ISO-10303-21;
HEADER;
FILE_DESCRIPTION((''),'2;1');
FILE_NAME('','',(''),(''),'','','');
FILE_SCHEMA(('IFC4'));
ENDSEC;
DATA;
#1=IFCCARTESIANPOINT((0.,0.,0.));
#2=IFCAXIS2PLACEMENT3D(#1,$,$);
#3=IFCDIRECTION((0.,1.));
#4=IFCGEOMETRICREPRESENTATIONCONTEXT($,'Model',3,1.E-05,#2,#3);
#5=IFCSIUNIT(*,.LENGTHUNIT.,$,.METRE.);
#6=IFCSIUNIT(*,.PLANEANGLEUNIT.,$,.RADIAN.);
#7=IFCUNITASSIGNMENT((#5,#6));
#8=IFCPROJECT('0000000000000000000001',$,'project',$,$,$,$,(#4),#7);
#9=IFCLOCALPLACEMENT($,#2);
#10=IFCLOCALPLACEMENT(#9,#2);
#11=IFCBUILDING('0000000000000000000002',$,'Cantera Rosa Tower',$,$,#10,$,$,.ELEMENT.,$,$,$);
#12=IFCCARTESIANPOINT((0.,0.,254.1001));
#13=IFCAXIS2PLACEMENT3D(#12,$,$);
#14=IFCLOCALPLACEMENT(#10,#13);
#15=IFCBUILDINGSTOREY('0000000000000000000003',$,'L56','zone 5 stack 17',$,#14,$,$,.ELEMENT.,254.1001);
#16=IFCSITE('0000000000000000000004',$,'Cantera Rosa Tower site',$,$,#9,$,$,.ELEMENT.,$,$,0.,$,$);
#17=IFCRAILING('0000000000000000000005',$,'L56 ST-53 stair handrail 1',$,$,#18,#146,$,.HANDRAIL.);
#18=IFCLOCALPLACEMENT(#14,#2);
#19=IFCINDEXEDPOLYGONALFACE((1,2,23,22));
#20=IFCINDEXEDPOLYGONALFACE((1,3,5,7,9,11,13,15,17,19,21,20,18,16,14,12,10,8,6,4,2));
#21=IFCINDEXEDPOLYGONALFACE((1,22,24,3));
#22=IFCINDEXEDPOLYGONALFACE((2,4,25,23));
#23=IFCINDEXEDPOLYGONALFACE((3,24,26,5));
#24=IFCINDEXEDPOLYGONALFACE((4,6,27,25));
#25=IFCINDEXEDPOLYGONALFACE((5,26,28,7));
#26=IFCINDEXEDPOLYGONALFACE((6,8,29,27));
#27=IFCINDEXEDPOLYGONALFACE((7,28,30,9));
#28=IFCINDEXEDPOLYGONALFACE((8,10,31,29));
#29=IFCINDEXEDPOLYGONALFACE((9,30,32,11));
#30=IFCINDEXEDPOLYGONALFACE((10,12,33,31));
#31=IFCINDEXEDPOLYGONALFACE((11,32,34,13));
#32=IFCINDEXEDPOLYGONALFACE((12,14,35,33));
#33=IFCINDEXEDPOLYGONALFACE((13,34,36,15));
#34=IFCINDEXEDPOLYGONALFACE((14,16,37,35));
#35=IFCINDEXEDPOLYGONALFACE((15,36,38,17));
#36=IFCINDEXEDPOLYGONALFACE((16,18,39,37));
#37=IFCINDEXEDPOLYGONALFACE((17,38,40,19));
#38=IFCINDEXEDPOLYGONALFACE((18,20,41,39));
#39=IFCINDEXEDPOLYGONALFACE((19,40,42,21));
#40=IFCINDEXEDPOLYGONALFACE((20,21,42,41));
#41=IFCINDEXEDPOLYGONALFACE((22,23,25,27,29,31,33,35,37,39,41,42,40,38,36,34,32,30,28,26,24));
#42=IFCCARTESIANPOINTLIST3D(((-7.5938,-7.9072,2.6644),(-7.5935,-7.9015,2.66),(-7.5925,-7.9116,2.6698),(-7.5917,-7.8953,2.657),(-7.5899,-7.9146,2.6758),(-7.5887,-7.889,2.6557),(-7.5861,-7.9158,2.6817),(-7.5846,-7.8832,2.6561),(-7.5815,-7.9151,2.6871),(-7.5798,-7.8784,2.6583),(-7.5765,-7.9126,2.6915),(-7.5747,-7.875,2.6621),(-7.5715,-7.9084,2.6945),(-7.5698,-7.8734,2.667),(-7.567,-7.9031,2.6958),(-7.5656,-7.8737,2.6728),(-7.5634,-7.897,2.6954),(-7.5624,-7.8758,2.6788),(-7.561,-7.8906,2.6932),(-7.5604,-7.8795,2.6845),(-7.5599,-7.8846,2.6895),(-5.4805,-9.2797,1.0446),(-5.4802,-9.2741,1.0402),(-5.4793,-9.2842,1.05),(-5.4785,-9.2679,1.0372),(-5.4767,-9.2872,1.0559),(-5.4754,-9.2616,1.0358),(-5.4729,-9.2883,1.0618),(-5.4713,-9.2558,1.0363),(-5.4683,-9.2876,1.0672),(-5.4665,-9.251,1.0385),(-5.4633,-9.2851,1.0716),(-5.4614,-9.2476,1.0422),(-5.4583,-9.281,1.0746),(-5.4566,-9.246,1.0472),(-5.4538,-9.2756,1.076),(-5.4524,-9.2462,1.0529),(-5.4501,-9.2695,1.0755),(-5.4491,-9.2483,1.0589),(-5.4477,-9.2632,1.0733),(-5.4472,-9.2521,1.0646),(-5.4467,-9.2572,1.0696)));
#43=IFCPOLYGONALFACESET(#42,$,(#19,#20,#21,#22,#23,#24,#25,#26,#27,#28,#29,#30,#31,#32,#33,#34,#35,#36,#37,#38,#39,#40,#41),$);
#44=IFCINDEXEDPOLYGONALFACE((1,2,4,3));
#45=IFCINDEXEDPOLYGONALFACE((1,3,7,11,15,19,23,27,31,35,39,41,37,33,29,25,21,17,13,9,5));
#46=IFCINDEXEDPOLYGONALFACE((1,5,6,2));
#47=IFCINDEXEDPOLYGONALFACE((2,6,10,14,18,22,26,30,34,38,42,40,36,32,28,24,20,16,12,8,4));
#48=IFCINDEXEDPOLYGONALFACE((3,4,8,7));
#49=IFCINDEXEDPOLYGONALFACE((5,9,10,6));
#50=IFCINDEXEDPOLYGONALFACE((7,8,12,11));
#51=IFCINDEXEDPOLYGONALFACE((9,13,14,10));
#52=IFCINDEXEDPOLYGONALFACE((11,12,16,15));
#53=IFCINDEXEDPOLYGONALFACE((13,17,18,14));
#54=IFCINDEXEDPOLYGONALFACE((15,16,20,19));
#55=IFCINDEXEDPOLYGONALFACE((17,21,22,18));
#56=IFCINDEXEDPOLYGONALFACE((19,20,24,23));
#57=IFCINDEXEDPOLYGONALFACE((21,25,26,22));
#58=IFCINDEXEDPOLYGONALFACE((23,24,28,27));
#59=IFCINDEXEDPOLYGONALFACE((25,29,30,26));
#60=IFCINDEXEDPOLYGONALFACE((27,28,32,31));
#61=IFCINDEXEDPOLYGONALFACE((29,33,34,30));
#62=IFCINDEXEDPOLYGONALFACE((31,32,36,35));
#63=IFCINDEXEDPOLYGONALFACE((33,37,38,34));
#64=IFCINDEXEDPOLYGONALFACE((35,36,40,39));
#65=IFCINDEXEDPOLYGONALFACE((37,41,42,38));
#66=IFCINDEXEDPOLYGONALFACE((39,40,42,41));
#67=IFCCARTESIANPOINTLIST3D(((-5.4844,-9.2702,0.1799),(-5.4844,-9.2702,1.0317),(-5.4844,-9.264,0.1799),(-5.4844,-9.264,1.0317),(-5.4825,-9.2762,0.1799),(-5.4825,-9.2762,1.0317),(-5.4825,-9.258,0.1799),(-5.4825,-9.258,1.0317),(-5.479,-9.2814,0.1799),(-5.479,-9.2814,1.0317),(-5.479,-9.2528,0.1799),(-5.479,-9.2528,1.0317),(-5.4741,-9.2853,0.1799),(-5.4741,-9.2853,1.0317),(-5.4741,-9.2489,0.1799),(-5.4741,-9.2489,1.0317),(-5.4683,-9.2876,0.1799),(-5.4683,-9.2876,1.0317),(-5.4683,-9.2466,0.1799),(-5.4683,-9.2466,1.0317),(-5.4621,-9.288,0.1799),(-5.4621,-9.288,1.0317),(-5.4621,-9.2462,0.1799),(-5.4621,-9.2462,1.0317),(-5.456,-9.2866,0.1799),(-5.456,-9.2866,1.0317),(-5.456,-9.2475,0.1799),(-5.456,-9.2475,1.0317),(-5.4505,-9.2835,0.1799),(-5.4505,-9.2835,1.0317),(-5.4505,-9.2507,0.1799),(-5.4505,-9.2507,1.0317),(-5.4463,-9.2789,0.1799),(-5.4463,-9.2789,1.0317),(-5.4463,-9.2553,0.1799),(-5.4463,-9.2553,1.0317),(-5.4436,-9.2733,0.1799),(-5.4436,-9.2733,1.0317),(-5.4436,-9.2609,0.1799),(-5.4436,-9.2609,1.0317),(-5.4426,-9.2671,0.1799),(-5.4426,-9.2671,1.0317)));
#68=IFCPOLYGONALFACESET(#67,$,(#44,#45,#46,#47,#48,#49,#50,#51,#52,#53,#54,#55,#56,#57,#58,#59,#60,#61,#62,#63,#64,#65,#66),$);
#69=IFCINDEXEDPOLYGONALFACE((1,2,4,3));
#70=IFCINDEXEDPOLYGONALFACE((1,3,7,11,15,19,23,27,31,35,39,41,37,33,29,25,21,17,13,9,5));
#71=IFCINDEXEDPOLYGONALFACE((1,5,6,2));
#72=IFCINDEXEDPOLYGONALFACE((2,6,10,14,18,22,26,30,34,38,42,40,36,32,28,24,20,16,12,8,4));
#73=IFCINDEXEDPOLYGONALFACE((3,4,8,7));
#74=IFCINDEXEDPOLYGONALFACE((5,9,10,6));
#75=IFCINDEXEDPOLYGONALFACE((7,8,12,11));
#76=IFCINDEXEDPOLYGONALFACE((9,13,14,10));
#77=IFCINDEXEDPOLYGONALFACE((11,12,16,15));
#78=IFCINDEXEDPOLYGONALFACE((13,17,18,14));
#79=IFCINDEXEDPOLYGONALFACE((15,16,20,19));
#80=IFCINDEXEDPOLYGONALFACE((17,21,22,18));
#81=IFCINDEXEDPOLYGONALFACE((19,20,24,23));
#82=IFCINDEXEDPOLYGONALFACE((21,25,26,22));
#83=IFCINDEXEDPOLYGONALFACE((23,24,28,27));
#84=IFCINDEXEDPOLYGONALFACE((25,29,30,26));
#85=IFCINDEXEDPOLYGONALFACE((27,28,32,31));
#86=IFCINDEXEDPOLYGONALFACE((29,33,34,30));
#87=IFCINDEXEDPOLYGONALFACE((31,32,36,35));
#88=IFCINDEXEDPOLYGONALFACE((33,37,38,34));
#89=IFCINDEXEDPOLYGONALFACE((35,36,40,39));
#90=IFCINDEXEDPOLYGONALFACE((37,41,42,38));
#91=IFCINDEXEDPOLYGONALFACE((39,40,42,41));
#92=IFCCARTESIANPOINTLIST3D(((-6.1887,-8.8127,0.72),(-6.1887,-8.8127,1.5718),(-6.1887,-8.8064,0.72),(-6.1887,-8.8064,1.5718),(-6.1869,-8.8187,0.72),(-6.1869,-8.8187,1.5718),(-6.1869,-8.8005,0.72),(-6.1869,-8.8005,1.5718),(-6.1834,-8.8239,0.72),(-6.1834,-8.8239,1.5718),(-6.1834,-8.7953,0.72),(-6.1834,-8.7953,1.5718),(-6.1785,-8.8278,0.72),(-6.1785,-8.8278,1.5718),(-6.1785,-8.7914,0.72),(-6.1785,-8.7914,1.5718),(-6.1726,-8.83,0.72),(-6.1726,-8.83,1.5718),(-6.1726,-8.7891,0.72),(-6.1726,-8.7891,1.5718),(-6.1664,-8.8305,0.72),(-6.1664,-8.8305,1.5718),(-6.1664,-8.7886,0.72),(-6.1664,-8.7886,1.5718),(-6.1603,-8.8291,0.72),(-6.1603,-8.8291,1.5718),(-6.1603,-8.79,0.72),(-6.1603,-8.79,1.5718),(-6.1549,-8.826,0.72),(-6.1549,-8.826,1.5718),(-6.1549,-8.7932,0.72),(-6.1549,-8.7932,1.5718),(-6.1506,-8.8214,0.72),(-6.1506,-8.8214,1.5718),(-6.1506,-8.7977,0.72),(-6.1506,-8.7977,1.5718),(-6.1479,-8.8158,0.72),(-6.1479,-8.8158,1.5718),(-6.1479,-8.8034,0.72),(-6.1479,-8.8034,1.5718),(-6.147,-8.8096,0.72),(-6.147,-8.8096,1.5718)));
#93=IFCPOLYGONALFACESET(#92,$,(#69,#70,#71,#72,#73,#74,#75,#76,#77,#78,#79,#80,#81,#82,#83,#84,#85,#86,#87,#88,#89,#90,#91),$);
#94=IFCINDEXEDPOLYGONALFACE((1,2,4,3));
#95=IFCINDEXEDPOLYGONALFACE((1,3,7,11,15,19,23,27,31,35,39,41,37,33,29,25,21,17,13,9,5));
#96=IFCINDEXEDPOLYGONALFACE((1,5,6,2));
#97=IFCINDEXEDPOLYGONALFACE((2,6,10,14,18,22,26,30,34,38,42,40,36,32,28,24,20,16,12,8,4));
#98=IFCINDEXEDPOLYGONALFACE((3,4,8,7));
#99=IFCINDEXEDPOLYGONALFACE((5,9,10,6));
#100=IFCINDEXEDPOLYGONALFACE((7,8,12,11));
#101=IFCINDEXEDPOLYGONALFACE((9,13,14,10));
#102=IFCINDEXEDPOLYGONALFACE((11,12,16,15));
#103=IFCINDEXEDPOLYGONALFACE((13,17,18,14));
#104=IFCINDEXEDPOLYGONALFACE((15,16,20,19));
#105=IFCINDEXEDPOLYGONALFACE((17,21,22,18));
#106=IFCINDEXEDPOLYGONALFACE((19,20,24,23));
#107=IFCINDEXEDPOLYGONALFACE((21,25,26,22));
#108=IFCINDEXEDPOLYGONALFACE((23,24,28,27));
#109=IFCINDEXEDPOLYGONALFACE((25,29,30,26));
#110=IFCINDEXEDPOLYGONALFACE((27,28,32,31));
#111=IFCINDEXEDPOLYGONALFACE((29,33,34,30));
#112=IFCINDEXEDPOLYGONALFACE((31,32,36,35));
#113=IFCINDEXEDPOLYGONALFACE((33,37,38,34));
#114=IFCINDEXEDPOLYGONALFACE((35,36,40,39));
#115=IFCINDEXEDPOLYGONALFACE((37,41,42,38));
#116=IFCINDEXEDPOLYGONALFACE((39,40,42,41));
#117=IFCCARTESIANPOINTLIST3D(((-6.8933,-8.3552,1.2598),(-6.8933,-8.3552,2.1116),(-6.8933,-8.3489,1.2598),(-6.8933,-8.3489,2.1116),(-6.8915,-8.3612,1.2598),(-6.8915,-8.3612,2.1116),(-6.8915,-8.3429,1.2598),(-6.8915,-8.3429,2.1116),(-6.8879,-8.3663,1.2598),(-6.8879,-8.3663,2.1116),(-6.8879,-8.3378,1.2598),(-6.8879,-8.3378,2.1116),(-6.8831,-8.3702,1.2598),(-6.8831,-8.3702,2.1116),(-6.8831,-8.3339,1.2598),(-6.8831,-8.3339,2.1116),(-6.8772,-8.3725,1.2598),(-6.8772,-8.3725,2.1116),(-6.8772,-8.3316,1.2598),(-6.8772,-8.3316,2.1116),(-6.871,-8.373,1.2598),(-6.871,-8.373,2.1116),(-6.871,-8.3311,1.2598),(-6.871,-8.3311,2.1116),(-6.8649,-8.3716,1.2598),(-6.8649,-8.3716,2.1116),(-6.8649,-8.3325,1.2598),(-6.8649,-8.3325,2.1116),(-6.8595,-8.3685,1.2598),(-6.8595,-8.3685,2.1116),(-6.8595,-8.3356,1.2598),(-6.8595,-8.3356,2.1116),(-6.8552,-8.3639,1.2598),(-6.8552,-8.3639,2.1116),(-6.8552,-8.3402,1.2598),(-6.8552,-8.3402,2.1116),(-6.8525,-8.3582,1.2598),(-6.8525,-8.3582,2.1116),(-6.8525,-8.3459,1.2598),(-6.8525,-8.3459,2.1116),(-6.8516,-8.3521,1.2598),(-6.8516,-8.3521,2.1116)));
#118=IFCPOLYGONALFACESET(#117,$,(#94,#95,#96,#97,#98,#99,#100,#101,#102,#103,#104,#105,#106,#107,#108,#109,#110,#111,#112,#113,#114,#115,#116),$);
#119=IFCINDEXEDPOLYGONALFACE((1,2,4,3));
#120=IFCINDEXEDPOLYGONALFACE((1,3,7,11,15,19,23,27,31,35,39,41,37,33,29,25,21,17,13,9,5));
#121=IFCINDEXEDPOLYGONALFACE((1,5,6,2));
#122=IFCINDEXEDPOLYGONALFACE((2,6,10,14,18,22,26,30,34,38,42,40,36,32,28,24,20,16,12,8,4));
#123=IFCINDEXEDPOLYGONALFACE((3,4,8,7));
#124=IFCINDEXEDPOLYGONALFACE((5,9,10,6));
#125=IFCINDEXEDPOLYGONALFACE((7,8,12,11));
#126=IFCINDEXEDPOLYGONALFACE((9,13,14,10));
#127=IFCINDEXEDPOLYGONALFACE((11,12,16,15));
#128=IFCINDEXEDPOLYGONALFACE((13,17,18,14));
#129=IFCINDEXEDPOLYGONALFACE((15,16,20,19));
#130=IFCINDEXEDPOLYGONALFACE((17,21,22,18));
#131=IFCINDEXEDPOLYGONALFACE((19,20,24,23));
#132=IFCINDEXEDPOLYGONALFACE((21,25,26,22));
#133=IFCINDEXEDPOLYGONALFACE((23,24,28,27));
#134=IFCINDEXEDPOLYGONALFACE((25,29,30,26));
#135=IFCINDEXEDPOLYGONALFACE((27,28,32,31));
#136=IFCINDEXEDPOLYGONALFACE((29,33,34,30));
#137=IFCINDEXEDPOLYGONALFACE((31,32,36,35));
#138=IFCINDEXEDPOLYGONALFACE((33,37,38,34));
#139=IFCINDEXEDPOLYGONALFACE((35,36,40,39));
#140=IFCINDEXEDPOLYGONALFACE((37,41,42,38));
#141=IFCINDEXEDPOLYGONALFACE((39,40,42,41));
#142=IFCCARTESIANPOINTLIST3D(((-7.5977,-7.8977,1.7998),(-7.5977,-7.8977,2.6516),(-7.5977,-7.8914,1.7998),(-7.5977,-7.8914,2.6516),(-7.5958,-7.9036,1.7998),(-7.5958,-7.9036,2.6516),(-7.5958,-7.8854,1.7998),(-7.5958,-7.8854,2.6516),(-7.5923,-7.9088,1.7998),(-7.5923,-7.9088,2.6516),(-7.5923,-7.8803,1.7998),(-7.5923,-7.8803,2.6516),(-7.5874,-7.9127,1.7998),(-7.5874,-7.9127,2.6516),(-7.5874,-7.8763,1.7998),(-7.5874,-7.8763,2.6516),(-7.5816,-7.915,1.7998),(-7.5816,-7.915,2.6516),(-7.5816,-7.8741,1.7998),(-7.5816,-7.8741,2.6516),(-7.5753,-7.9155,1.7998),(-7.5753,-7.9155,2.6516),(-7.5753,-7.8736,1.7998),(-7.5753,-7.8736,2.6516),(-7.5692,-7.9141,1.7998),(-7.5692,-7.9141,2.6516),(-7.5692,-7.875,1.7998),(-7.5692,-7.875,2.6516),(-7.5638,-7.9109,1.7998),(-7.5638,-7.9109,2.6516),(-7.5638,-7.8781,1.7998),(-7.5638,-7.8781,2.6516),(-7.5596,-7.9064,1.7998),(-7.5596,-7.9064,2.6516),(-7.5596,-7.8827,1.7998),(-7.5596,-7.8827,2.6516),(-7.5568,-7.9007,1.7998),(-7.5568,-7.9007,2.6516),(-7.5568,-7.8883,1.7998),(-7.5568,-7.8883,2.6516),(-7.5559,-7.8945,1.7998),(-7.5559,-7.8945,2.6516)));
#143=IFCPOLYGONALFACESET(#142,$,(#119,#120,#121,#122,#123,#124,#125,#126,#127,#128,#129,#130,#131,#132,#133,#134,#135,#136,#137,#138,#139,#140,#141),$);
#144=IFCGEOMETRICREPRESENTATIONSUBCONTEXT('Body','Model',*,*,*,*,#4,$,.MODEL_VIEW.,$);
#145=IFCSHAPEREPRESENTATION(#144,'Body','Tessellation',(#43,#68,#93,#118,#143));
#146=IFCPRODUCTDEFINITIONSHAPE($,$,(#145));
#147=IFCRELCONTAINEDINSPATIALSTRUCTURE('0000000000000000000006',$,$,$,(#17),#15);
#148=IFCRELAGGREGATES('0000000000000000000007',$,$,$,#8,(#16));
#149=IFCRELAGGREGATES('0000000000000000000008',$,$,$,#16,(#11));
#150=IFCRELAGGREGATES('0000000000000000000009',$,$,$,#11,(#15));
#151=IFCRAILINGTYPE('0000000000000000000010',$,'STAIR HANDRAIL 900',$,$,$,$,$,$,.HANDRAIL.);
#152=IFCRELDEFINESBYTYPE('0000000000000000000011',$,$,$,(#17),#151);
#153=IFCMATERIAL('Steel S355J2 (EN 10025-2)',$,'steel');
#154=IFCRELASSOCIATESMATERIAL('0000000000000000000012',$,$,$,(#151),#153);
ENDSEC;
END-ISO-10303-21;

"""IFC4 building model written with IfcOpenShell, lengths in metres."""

from ifc_helpers import new_model, si_unit, direction, frame, origin, origin_2d, place, context, subcontext, project, spatial, circle, extrude, material, type_object, element, save


model = new_model("IFC4")

# Units and contexts
model_context = context("Model", 3, precision=1e-05, world=origin(), true_north=direction((0.0, 1.0)))
body_context = subcontext(model_context, "Body", "Model", "MODEL_VIEW")
ifc_project = project(units=[si_unit("LENGTHUNIT", "METRE"), si_unit("PLANEANGLEUNIT", "RADIAN")], contexts=[model_context])

# Site, building, storey
site_placement = place(None, origin())
site = spatial("IfcSite", under=ifc_project, at=site_placement, Name="Cantera Rosa Tower site", CompositionType="ELEMENT", RefElevation=0.0)
building_placement = place(site_placement, origin())
building = spatial("IfcBuilding", under=site, at=building_placement, Name="Cantera Rosa Tower", CompositionType="ELEMENT")
storey_placement = place(building_placement, frame((0.0, 0.0, 254.1001)))
storey = spatial("IfcBuildingStorey", under=building, at=storey_placement, Name="L56", Description="zone 5 stack 17", CompositionType="ELEMENT", Elevation=254.1001)

# Railing
ifc_material_1 = material(Name="Steel S355J2 (EN 10025-2)", Category="steel")
railing_type_1 = type_object("IfcRailingType", Name="STAIR HANDRAIL 900", PredefinedType="HANDRAIL", material=ifc_material_1)
railing_1_placement = place(storey_placement, frame((-5.4636, -9.2671, 0.1799)))
element("IfcRailing", 1, at=railing_1_placement, inside=storey, type_object=railing_type_1, Name="L56 ST-53 stair handrail 1", PredefinedType="HANDRAIL", context=body_context, shape_type="SweptSolid", body=[
    extrude(circle(Radius=0.0239, at=origin_2d()), frame((0.0, 0.0, 0.876), z_axis=(-0.705452, 0.458185, 0.540743), x_axis=(-0.544689, -0.838638, 0.0)), (0.0, 0.0, 1.0), 2.9956),
    extrude(circle(Radius=0.021, at=origin_2d()), origin(), (0.0, 0.0, 1.0), 0.8518),
    extrude(circle(Radius=0.021, at=origin_2d()), frame((-0.7043, 0.4575, 0.54)), (0.0, 0.0, 1.0), 0.8518),
    extrude(circle(Radius=0.021, at=origin_2d()), frame((-1.4089, 0.915, 1.0798)), (0.0, 0.0, 1.0), 0.8518),
    extrude(circle(Radius=0.021, at=origin_2d()), frame((-2.1133, 1.3726, 1.6199)), (0.0, 0.0, 1.0), 0.8518),
])

save(model, "model.ifc")
